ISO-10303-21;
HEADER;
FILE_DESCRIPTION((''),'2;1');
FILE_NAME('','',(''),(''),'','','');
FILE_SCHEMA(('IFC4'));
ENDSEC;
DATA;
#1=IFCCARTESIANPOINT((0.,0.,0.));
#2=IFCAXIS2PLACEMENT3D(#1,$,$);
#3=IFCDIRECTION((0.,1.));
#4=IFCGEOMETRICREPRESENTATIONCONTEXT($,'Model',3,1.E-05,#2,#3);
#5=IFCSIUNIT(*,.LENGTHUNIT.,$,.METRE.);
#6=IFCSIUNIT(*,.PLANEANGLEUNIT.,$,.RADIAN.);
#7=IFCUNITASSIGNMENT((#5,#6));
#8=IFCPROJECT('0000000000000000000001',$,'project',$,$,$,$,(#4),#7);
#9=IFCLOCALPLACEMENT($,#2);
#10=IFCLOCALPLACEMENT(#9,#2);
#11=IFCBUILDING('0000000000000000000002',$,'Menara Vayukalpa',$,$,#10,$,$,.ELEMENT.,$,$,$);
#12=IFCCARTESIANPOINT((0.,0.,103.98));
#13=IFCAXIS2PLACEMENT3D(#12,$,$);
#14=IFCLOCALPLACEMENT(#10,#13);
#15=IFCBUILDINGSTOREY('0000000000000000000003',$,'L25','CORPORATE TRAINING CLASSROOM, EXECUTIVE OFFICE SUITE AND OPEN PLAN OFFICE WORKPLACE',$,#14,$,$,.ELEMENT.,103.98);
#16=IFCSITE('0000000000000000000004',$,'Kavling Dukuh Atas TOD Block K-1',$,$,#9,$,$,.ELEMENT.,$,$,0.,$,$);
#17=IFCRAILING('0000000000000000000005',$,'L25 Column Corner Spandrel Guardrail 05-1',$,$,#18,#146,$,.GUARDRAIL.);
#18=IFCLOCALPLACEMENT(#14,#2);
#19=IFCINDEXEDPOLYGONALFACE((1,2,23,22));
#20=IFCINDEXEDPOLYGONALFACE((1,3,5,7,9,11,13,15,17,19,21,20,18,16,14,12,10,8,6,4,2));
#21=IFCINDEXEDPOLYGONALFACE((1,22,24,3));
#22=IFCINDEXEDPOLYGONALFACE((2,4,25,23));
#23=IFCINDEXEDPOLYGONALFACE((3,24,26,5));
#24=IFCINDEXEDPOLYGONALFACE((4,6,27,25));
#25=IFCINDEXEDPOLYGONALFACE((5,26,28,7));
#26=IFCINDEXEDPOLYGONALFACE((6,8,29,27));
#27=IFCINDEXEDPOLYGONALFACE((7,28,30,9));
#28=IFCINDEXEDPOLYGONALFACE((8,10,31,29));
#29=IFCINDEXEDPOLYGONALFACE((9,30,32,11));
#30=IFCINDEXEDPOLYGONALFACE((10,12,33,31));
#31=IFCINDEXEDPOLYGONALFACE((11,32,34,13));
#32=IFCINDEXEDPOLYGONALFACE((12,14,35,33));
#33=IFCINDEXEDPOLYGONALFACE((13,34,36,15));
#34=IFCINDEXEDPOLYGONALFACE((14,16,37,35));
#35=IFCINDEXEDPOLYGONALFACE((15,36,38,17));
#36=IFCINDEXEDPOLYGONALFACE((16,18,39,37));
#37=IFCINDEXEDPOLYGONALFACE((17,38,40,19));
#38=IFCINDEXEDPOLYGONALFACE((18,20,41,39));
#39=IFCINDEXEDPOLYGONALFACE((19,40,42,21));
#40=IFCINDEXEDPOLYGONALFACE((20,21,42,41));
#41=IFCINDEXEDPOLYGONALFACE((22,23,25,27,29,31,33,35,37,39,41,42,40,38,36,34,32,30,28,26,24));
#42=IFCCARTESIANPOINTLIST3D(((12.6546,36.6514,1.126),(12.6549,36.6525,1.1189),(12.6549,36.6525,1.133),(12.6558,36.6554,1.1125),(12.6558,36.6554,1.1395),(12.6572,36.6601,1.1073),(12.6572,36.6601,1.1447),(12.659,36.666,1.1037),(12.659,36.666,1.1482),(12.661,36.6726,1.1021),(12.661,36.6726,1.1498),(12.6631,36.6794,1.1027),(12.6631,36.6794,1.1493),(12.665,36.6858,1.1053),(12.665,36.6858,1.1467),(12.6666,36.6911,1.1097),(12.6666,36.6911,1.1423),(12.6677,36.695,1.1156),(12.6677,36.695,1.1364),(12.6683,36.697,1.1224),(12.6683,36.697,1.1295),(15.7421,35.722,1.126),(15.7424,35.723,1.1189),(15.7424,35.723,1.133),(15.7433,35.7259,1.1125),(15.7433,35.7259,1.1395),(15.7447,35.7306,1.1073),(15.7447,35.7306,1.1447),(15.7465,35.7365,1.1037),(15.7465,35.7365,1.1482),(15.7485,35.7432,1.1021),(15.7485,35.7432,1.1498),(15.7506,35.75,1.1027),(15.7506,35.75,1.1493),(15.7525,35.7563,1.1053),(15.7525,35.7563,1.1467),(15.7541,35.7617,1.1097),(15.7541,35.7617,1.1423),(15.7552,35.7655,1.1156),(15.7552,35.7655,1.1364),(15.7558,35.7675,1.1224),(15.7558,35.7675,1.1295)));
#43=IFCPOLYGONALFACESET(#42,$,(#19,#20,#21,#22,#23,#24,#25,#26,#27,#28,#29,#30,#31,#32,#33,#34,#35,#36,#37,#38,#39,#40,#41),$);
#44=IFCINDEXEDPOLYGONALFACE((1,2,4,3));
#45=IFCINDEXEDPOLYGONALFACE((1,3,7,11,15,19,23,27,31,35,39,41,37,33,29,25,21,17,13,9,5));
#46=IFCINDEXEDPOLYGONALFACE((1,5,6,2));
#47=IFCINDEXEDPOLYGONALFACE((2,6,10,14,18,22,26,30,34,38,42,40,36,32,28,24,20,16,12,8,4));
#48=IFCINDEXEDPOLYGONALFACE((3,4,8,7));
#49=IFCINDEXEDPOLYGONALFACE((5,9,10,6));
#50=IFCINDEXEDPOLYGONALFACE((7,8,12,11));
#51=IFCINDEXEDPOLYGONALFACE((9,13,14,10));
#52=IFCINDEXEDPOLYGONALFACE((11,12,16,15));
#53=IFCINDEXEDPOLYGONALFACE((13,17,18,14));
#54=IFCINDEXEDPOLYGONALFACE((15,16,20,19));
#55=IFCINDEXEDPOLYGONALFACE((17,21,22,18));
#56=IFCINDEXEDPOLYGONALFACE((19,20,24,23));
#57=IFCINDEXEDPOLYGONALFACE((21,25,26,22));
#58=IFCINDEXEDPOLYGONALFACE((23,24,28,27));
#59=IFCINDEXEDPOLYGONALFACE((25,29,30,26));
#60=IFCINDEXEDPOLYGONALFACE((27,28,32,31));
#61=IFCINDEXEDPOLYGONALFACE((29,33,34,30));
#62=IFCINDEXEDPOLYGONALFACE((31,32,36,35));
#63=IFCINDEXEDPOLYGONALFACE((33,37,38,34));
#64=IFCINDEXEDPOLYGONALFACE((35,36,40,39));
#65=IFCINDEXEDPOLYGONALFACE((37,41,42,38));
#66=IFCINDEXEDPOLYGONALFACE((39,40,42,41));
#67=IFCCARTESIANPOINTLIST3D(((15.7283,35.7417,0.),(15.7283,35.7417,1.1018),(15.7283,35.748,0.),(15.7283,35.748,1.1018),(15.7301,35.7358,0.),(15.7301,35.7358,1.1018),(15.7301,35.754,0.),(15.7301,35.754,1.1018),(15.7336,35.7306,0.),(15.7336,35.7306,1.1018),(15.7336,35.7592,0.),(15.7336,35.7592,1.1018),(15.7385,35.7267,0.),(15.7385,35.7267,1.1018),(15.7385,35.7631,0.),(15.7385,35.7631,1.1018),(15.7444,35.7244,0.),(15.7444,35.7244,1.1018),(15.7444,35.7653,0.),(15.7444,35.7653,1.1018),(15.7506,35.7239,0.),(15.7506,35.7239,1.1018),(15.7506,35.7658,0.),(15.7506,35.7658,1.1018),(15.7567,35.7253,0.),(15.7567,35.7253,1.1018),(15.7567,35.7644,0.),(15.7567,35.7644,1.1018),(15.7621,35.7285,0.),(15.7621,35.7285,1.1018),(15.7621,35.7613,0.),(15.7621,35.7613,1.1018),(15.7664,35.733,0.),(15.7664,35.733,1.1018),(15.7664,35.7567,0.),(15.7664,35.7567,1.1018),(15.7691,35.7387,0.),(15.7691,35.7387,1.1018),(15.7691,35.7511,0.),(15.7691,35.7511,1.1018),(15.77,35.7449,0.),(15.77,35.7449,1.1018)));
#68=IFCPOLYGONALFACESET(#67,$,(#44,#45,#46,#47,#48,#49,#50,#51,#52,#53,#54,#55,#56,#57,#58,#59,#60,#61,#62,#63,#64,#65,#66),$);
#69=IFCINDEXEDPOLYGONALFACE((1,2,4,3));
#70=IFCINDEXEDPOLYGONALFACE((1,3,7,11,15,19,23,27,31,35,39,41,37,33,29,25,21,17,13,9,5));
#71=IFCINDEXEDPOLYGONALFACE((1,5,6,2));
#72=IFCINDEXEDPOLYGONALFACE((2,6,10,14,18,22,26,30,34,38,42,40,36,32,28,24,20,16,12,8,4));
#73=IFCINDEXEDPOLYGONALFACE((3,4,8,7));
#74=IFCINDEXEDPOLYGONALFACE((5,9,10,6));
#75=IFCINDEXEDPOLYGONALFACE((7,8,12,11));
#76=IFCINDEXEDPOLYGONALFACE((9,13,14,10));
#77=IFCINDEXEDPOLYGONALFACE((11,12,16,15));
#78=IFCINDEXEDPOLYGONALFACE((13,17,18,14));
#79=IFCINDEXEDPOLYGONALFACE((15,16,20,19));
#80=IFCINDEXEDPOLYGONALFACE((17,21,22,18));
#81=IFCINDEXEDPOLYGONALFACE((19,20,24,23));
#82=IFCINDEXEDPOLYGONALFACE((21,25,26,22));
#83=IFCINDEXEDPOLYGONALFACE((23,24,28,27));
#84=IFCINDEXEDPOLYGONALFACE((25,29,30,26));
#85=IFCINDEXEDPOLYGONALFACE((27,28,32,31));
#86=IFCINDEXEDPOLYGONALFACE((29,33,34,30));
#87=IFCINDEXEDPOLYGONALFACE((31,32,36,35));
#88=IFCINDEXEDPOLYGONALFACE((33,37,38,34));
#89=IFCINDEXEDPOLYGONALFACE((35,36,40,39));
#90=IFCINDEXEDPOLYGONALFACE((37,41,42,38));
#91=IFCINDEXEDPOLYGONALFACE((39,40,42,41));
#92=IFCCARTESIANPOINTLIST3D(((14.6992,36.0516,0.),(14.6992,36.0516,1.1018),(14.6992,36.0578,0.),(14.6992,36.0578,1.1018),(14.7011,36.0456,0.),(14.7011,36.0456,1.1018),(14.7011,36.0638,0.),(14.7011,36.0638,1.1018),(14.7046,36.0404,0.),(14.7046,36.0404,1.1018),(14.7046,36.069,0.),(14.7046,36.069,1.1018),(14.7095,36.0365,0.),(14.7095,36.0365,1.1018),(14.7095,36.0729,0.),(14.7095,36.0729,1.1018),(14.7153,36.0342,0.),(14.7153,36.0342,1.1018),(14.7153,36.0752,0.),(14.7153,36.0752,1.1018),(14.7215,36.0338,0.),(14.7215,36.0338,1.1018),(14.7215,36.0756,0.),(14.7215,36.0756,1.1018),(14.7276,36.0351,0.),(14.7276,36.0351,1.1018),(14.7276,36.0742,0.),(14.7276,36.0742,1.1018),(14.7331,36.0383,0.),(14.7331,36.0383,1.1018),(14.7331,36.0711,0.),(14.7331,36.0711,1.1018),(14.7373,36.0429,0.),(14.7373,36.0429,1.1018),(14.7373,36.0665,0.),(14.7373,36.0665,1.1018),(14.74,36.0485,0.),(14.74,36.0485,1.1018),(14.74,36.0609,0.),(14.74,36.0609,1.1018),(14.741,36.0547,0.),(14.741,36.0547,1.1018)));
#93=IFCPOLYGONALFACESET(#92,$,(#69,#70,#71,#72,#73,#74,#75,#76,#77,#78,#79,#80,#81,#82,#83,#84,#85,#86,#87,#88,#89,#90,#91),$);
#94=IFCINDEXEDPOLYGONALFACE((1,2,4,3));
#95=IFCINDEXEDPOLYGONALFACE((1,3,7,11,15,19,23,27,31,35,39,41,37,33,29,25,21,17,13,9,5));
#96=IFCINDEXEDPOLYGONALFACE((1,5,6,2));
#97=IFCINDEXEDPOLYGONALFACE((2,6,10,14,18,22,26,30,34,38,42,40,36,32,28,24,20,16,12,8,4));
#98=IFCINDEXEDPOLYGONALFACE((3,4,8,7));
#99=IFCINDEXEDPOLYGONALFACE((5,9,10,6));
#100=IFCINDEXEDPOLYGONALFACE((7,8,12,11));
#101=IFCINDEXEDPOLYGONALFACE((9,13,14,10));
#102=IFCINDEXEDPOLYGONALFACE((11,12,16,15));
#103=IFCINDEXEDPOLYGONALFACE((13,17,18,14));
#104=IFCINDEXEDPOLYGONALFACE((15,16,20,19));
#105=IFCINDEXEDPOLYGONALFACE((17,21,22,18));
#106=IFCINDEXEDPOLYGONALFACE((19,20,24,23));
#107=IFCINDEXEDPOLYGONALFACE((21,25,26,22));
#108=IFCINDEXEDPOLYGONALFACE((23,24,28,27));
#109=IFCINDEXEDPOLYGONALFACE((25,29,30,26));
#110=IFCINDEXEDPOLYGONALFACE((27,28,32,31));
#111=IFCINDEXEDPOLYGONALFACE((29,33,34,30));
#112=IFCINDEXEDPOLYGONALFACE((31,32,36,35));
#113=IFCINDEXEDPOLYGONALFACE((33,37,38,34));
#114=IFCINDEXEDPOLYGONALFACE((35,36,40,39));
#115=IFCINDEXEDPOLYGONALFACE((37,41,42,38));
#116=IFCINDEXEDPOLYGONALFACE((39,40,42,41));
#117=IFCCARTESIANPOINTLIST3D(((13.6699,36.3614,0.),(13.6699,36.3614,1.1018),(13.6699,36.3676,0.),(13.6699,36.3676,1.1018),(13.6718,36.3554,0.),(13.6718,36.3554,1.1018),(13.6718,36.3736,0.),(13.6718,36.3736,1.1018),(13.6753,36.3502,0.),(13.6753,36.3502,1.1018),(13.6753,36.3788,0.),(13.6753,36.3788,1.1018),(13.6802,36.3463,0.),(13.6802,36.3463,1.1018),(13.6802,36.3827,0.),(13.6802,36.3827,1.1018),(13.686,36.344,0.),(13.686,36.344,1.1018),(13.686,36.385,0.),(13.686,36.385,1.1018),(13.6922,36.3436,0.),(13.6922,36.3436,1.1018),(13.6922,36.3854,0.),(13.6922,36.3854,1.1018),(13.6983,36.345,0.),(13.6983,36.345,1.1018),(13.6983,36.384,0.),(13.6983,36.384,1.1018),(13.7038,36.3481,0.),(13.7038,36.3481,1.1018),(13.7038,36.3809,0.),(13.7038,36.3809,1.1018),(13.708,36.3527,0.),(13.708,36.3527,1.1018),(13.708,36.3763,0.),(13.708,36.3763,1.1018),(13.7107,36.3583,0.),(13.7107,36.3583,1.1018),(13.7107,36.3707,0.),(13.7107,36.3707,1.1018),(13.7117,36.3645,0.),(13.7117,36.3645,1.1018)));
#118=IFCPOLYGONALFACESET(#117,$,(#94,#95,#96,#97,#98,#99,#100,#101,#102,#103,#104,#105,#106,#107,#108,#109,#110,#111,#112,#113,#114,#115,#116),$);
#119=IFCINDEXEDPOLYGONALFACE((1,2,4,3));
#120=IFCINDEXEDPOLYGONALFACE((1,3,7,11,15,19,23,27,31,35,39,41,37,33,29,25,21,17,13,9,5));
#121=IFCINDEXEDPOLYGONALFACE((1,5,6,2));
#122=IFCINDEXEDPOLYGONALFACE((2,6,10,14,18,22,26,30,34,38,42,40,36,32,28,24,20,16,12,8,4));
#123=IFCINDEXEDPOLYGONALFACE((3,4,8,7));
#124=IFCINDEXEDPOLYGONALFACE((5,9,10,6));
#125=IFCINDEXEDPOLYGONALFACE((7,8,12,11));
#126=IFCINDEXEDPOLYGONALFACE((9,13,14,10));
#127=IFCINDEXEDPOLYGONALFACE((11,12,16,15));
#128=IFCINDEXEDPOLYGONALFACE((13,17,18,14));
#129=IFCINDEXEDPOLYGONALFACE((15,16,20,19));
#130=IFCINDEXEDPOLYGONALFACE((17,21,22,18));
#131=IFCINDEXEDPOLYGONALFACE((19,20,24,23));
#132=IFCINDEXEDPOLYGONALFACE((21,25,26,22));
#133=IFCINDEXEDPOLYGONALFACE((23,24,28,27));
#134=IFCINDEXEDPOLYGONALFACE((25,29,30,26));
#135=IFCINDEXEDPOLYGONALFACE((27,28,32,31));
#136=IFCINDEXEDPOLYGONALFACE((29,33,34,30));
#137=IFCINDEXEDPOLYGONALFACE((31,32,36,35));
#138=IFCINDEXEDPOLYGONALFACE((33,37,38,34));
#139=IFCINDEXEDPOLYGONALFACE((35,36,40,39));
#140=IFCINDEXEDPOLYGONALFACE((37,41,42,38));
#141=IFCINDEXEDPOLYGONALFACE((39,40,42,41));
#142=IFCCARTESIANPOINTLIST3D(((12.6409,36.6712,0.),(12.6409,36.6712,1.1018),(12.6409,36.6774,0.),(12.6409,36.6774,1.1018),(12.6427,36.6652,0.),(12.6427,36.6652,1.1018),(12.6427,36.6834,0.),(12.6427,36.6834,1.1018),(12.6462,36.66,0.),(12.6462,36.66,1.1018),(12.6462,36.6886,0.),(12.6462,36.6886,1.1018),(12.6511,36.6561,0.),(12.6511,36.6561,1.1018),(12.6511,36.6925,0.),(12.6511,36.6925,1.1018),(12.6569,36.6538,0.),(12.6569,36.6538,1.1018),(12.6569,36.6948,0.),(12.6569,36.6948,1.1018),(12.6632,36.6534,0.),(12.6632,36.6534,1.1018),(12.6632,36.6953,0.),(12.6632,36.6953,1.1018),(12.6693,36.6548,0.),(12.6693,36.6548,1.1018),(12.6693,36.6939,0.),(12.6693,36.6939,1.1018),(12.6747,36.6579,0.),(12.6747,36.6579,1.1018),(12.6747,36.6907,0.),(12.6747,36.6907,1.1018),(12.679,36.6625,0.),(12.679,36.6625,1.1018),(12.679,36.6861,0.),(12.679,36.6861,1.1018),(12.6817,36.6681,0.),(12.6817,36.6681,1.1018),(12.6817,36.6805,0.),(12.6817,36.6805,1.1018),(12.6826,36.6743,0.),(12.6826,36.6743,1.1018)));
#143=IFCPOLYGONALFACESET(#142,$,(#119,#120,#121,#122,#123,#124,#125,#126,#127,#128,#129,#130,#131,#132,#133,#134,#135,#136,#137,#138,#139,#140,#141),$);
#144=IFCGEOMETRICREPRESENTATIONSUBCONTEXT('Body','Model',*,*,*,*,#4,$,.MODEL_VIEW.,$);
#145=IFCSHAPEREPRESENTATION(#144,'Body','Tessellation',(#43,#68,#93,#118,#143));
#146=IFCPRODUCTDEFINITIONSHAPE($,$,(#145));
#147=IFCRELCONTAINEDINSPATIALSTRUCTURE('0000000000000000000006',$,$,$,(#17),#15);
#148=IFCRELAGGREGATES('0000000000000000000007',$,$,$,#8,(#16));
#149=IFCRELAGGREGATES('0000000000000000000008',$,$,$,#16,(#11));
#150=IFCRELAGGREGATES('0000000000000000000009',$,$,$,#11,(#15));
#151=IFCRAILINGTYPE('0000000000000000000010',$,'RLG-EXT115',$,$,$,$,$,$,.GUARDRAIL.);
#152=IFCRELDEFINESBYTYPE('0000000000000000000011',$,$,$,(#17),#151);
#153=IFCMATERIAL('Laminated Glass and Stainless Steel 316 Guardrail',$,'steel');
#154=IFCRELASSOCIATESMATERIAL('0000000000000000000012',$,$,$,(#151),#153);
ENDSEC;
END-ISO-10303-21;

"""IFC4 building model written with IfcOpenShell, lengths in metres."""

from ifc_helpers import new_model, si_unit, direction, frame, origin, origin_2d, place, context, subcontext, project, spatial, circle, extrude, material, type_object, element, save


model = new_model("IFC4")

# Units and contexts
model_context = context("Model", 3, precision=1e-05, world=origin(), true_north=direction((0.0, 1.0)))
body_context = subcontext(model_context, "Body", "Model", "MODEL_VIEW")
ifc_project = project(units=[si_unit("LENGTHUNIT", "METRE"), si_unit("PLANEANGLEUNIT", "RADIAN")], contexts=[model_context])

# Site, building, storey
site_placement = place(None, origin())
site = spatial("IfcSite", under=ifc_project, at=site_placement, Name="Kavling Dukuh Atas TOD Block K-1", CompositionType="ELEMENT", RefElevation=0.0)
building_placement = place(site_placement, origin())
building = spatial("IfcBuilding", under=site, at=building_placement, Name="Menara Vayukalpa", CompositionType="ELEMENT")
storey_placement = place(building_placement, frame((0.0, 0.0, 103.98)))
storey = spatial("IfcBuildingStorey", under=building, at=storey_placement, Name="L25", Description="CORPORATE TRAINING CLASSROOM, EXECUTIVE OFFICE SUITE AND OPEN PLAN OFFICE WORKPLACE", CompositionType="ELEMENT", Elevation=103.98)

# Railing
ifc_material_1 = material(Name="Laminated Glass and Stainless Steel 316 Guardrail", Category="steel")
railing_type = type_object("IfcRailingType", Name="RLG-EXT115", PredefinedType="GUARDRAIL", material=ifc_material_1)
railing_placement = place(storey_placement, frame((15.749, 35.7449, 0.0)))
element("IfcRailing", 1, at=railing_placement, inside=storey, type_object=railing_type, Name="L25 Column Corner Spandrel Guardrail 05-1", PredefinedType="GUARDRAIL", context=body_context, shape_type="SweptSolid", body=[
    extrude(circle(Radius=0.0239, at=origin_2d()), frame((0.0, 0.0, 1.126), z_axis=(-0.957551, 0.288265, 0.0), x_axis=(-0.288265, -0.957551, 0.0)), (0.0, 0.0, 1.0), 3.2244),
    extrude(circle(Radius=0.021, at=origin_2d()), origin(), (0.0, 0.0, 1.0), 1.1018),
    extrude(circle(Radius=0.021, at=origin_2d()), frame((-1.0291, 0.3098, 0.0)), (0.0, 0.0, 1.0), 1.1018),
    extrude(circle(Radius=0.021, at=origin_2d()), frame((-2.0583, 0.6196, 0.0)), (0.0, 0.0, 1.0), 1.1018),
    extrude(circle(Radius=0.021, at=origin_2d()), frame((-3.0874, 0.9294, 0.0)), (0.0, 0.0, 1.0), 1.1018),
])

save(model, "model.ifc")
